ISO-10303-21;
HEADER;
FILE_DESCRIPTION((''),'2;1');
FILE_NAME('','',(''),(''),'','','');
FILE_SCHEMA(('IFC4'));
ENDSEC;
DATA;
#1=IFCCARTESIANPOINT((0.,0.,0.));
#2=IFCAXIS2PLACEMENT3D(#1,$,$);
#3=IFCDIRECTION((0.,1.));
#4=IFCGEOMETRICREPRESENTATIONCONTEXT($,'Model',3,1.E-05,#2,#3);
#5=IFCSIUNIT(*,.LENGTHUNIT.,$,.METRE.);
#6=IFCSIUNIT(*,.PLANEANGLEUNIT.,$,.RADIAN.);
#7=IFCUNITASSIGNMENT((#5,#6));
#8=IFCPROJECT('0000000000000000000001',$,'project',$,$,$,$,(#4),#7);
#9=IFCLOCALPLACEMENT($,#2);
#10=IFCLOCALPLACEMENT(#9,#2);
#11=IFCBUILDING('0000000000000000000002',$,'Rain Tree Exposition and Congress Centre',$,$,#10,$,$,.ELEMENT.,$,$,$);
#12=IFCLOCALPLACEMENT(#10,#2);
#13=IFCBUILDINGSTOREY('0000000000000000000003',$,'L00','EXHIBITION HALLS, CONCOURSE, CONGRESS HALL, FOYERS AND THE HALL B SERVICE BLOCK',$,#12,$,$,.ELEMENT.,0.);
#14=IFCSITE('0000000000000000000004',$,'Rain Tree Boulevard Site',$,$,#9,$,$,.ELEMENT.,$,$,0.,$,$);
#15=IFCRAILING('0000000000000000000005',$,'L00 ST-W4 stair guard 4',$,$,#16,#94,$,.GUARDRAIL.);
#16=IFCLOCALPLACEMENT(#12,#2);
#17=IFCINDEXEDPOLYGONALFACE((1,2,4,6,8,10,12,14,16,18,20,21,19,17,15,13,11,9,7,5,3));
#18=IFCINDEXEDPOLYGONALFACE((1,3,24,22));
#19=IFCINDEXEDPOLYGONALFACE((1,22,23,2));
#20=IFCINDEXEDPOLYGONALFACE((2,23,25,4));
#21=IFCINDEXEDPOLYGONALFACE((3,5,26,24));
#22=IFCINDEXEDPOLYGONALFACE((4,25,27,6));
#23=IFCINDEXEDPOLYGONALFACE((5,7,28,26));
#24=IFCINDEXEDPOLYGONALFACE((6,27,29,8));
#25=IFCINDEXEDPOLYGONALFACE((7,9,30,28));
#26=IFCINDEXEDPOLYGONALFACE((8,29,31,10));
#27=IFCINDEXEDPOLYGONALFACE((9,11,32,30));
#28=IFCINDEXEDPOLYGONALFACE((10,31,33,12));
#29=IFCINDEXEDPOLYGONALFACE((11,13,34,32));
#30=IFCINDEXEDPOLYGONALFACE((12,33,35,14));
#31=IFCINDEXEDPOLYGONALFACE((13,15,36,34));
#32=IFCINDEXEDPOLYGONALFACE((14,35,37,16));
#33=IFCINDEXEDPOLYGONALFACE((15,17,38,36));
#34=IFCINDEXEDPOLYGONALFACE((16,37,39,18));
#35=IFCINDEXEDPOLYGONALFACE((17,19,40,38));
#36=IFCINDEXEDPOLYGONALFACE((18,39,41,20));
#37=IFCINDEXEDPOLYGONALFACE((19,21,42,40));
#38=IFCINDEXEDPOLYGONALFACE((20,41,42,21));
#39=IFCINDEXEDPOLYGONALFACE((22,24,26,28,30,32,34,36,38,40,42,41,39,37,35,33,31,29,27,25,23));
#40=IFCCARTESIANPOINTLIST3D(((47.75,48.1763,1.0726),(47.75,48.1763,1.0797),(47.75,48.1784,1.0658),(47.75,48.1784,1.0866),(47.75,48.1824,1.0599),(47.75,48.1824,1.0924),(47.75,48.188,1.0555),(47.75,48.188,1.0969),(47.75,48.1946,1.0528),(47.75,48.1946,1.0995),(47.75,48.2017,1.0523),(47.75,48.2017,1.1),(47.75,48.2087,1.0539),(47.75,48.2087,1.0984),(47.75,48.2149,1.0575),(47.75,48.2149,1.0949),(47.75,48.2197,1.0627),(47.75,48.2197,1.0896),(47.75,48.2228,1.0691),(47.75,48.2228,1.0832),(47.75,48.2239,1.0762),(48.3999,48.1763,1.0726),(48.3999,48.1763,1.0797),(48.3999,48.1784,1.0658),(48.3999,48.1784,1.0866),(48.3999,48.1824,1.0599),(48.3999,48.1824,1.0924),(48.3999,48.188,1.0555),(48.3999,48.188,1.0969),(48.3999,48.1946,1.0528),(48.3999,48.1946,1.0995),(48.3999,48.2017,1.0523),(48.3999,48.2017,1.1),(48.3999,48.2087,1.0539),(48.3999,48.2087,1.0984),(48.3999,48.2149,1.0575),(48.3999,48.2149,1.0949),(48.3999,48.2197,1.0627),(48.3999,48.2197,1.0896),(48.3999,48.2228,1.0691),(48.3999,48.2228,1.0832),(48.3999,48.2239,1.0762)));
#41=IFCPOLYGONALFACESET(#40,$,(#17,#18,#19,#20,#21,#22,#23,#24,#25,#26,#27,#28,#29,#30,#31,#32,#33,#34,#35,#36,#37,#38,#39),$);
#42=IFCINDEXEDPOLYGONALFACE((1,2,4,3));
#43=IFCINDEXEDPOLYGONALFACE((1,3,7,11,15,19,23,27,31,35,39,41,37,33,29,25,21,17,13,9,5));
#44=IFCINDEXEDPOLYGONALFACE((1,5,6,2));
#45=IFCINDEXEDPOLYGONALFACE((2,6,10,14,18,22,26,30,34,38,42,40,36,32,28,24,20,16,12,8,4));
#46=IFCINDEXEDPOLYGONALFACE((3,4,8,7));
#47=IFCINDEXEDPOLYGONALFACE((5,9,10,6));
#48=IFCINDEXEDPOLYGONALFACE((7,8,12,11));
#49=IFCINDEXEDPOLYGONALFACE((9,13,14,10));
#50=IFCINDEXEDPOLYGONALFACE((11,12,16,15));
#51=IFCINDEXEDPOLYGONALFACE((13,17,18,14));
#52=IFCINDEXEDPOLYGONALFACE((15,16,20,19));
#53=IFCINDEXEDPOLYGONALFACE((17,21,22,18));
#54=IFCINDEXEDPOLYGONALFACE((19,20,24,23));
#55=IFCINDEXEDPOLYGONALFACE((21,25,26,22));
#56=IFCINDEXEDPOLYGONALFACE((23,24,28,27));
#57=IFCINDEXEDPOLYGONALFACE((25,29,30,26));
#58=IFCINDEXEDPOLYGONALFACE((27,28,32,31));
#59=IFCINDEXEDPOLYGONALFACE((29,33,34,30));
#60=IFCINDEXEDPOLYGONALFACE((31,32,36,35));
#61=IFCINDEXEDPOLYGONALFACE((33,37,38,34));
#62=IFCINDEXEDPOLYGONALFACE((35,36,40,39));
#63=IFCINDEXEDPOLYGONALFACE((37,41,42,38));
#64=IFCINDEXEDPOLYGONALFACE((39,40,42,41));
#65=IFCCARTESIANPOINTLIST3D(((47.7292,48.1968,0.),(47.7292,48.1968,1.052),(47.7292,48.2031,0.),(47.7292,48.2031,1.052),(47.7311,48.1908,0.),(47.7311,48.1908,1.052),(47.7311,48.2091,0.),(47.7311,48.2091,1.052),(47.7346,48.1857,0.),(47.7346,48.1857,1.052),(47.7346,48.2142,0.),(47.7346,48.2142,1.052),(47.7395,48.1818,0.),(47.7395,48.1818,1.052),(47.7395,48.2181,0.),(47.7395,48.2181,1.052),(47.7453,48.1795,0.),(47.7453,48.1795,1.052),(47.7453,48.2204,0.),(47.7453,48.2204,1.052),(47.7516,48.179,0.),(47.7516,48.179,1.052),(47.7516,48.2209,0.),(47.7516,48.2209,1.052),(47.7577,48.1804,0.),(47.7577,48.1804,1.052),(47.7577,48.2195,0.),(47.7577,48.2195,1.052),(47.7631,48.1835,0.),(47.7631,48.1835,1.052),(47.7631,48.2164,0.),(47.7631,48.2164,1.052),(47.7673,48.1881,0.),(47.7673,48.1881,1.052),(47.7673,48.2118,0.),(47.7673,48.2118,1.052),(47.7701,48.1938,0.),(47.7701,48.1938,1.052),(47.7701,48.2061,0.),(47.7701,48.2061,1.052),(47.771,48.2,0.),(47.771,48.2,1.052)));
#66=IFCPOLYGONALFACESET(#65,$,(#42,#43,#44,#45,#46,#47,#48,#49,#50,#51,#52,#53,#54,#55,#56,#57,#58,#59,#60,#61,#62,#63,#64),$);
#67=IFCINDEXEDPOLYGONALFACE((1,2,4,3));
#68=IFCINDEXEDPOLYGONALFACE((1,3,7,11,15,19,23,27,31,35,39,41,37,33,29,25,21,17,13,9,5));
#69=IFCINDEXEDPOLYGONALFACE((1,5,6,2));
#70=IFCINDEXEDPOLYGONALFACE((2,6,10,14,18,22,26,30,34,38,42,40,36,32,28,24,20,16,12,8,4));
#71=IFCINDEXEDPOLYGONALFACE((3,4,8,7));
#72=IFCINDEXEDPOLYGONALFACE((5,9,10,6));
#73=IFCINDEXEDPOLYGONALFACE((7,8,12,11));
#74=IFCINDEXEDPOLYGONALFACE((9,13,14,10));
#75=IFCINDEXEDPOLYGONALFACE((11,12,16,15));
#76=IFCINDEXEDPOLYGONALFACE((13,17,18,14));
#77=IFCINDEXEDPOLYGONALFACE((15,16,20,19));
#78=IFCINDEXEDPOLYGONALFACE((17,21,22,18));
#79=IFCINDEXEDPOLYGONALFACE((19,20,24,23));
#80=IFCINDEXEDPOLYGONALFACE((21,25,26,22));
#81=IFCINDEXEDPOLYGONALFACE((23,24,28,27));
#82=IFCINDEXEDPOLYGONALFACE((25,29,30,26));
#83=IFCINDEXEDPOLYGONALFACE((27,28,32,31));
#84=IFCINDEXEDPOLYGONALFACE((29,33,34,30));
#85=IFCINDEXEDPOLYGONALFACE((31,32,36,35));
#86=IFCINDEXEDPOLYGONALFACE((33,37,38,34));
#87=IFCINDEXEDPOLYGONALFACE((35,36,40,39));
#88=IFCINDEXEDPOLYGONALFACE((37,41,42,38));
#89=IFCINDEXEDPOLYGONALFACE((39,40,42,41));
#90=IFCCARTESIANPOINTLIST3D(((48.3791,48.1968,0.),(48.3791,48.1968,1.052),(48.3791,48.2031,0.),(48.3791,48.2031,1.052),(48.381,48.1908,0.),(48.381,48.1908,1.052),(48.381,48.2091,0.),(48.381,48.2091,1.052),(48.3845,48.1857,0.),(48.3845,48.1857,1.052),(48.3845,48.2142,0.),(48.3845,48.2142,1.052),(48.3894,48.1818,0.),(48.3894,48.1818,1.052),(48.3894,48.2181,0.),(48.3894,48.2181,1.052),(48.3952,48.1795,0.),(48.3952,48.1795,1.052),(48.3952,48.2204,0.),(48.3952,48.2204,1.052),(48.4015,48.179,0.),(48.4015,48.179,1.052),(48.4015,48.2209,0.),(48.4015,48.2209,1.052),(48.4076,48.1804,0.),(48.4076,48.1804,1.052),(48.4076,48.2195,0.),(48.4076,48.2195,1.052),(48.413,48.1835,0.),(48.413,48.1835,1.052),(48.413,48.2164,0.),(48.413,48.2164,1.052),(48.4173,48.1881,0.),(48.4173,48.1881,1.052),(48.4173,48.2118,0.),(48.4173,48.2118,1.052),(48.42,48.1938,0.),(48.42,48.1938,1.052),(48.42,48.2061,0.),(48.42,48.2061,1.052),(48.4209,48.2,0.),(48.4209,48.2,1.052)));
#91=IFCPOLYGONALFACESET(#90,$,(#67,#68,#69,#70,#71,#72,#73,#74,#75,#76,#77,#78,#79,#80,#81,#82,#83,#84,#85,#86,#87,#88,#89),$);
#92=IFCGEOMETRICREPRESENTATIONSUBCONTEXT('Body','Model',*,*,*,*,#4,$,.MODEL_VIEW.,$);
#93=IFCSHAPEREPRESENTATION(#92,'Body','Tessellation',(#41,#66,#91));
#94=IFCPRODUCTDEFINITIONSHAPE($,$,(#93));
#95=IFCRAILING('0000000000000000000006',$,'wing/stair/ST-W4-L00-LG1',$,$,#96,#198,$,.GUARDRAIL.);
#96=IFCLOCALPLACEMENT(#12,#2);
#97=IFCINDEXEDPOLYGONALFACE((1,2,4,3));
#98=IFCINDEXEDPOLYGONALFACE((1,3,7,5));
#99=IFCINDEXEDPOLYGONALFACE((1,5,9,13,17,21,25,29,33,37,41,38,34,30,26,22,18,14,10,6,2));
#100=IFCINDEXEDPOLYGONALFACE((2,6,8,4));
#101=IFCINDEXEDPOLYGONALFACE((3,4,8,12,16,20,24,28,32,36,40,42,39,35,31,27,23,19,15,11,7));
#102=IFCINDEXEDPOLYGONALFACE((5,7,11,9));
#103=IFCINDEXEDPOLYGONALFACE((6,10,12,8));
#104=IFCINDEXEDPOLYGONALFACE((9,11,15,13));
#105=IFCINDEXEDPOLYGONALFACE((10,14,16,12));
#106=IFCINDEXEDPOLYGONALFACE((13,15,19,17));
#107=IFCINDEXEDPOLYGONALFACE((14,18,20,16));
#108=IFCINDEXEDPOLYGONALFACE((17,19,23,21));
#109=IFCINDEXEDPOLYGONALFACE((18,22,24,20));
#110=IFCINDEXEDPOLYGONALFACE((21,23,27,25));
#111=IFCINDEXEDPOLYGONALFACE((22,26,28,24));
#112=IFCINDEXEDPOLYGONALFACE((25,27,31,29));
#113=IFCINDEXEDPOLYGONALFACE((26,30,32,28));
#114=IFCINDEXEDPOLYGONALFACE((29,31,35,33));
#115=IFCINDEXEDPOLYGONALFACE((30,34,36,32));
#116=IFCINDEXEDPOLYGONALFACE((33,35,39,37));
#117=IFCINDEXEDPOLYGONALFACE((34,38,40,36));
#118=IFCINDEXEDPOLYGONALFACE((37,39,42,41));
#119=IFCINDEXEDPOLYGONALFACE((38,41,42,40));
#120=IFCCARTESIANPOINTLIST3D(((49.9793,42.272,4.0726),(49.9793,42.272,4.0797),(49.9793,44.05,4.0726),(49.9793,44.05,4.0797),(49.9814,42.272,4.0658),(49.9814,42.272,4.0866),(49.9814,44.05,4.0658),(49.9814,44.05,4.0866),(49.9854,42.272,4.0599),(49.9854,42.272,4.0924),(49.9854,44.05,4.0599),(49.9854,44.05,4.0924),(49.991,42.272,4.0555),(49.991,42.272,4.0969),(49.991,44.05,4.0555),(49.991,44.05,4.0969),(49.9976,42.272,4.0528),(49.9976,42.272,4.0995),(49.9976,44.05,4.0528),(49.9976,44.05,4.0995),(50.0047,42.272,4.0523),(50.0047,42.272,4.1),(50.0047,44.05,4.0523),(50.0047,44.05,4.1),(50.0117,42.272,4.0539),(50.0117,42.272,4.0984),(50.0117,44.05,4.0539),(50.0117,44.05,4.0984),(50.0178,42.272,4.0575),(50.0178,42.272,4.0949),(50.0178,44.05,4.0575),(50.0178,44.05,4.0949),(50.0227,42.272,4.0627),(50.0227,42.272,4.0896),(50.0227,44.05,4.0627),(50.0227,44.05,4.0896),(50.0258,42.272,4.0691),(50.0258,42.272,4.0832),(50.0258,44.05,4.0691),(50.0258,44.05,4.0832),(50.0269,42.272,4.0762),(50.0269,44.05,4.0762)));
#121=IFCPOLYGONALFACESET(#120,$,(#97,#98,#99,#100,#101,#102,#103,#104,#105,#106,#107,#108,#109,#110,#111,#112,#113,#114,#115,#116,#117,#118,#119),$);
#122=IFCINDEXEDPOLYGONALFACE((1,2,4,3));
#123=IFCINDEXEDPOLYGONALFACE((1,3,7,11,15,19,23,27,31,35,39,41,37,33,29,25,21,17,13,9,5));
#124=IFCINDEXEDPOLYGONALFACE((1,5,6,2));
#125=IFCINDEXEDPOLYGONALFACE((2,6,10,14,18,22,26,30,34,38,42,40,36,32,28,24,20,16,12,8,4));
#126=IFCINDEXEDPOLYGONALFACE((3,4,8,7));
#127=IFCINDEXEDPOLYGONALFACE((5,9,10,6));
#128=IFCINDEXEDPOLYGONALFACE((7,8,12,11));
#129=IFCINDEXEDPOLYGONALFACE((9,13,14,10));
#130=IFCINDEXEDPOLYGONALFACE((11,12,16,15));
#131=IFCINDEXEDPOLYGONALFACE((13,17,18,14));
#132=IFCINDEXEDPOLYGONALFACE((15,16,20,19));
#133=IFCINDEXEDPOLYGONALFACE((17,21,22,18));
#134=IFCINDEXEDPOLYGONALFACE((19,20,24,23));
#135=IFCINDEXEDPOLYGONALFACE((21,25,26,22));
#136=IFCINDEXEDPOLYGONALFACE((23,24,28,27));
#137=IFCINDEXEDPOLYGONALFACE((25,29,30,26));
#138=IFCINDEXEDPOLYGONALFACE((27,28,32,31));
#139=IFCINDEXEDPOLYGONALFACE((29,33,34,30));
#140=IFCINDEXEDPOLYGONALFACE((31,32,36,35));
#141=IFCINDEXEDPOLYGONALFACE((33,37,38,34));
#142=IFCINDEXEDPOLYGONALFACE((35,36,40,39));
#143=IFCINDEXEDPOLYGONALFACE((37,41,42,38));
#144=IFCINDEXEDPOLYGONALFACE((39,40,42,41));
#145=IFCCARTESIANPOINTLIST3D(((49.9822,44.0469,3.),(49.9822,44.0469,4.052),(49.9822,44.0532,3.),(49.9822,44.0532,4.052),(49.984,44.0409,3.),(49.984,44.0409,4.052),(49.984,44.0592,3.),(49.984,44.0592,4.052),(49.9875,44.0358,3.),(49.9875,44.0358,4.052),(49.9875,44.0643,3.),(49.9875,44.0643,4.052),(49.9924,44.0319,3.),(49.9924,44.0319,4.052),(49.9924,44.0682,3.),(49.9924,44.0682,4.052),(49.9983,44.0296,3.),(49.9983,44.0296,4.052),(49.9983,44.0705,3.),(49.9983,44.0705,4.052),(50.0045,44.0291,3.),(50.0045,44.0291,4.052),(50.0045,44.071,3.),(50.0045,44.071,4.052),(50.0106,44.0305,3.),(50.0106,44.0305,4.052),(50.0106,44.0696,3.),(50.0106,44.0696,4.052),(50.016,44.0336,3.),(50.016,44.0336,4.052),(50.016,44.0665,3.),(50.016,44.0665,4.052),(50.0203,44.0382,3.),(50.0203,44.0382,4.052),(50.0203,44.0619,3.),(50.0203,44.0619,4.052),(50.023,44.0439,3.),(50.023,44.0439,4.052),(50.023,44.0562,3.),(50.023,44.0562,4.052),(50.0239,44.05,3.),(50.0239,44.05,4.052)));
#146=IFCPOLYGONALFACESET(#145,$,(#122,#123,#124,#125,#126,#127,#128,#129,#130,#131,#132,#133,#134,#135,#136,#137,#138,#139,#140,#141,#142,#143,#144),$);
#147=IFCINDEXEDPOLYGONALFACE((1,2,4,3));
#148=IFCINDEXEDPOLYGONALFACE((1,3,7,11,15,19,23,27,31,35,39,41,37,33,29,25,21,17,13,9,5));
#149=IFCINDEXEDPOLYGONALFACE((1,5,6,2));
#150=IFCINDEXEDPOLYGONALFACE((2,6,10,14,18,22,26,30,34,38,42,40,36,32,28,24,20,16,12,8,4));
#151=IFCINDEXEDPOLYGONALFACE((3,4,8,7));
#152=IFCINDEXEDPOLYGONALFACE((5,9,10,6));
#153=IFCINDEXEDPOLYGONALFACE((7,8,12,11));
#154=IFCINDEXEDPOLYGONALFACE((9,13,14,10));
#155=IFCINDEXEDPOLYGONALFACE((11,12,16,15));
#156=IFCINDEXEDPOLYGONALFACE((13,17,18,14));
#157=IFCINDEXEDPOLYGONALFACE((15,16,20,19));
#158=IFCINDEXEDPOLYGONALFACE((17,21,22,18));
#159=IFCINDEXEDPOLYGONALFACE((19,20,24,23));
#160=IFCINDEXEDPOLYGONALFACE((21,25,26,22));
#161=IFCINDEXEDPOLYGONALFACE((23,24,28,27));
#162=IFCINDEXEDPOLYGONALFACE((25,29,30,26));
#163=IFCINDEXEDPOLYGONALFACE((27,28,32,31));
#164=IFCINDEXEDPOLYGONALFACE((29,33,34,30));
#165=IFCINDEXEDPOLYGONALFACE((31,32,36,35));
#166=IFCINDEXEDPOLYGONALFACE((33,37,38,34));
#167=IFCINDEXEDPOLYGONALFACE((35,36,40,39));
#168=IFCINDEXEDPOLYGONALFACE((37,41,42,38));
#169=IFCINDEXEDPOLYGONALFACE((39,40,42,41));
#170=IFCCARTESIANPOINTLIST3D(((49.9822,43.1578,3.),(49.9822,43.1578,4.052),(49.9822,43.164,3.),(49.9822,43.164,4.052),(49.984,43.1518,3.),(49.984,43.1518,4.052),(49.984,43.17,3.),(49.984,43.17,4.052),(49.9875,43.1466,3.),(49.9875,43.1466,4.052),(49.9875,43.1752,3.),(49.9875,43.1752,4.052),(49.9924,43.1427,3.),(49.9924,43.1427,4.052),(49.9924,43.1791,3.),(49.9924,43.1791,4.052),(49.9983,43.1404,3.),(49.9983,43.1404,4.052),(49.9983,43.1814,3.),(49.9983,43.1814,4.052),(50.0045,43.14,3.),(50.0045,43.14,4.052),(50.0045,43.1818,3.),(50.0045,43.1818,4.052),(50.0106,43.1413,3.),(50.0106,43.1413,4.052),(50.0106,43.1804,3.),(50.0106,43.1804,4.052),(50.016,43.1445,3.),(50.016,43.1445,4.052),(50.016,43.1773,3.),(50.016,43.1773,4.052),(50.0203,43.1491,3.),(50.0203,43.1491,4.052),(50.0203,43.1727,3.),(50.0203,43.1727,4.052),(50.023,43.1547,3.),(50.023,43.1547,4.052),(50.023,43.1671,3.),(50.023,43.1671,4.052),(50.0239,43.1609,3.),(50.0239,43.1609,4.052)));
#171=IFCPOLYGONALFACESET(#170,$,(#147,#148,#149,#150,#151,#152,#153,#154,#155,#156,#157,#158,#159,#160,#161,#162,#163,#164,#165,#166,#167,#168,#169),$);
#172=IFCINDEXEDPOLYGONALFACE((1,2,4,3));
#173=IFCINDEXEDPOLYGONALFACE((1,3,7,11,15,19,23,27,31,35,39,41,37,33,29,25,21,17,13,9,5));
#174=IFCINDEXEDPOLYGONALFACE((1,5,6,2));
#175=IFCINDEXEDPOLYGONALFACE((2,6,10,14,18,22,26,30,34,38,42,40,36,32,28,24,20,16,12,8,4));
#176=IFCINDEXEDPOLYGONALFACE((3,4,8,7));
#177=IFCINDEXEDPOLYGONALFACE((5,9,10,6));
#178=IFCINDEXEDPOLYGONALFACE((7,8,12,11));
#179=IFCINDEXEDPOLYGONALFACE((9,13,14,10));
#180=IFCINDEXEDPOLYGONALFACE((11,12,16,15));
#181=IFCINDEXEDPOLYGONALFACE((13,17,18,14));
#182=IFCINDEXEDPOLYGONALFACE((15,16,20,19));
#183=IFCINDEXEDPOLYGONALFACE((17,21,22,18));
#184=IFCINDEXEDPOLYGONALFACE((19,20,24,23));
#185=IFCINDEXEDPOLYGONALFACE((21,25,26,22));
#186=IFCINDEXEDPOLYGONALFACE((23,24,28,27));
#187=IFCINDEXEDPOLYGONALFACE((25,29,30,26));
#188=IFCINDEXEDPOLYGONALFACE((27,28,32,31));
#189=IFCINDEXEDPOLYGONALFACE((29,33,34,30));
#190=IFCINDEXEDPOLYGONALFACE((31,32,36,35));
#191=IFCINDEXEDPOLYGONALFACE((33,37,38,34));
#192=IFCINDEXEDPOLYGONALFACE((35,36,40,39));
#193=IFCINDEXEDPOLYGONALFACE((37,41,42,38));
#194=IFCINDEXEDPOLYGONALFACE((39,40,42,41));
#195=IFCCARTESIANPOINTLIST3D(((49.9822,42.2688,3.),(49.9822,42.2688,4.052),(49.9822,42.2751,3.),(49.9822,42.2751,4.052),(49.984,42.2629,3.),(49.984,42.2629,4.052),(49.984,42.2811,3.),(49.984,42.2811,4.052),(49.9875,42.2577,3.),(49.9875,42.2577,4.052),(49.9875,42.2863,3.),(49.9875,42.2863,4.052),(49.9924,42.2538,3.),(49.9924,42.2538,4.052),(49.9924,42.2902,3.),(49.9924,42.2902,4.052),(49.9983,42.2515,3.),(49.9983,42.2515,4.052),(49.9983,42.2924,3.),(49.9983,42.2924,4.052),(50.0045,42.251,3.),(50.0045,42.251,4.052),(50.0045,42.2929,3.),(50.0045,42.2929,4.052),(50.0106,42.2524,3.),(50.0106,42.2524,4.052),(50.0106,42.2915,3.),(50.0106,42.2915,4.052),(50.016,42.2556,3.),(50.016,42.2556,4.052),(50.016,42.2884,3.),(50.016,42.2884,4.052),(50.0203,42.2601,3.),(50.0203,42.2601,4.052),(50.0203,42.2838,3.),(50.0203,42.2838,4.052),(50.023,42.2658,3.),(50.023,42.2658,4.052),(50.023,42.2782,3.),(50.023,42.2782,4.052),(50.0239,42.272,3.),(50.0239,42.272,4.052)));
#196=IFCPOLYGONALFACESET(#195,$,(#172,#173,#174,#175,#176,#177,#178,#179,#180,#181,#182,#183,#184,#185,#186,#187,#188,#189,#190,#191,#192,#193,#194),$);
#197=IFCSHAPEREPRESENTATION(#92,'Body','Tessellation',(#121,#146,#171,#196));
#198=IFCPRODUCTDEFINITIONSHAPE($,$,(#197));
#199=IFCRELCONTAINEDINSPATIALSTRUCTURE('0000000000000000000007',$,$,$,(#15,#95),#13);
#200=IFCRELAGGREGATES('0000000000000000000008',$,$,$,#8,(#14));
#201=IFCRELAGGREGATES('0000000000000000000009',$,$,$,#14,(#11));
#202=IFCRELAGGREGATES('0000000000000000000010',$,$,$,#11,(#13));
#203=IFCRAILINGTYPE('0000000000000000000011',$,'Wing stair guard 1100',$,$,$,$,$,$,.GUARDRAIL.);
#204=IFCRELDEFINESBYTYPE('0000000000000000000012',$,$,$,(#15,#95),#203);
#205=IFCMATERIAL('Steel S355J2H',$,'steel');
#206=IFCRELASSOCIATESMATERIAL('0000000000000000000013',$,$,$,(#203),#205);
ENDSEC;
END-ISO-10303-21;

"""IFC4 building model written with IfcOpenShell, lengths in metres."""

from ifc_helpers import new_model, si_unit, direction, frame, origin, origin_2d, place, context, subcontext, project, spatial, circle, extrude, material, type_object, element, save


model = new_model("IFC4")

# Units and contexts
model_context = context("Model", 3, precision=1e-05, world=origin(), true_north=direction((0.0, 1.0)))
body_context = subcontext(model_context, "Body", "Model", "MODEL_VIEW")
ifc_project = project(units=[si_unit("LENGTHUNIT", "METRE"), si_unit("PLANEANGLEUNIT", "RADIAN")], contexts=[model_context])

# Site, building, storey
site_placement = place(None, origin())
site = spatial("IfcSite", under=ifc_project, at=site_placement, Name="Rain Tree Boulevard Site", CompositionType="ELEMENT", RefElevation=0.0)
building_placement = place(site_placement, origin())
building = spatial("IfcBuilding", under=site, at=building_placement, Name="Rain Tree Exposition and Congress Centre", CompositionType="ELEMENT")
storey_placement = place(building_placement, origin())
storey = spatial("IfcBuildingStorey", under=building, at=storey_placement, Name="L00", Description="EXHIBITION HALLS, CONCOURSE, CONGRESS HALL, FOYERS AND THE HALL B SERVICE BLOCK", CompositionType="ELEMENT", Elevation=0.0)

# Railings
ifc_material_1 = material(Name="Steel S355J2H", Category="steel")
railing_type_1 = type_object("IfcRailingType", Name="Wing stair guard 1100", PredefinedType="GUARDRAIL", material=ifc_material_1)
railing_1_placement = place(storey_placement, frame((47.75, 48.2, 0.0)))
element("IfcRailing", 1, at=railing_1_placement, inside=storey, type_object=railing_type_1, Name="L00 ST-W4 stair guard 4", PredefinedType="GUARDRAIL", context=body_context, shape_type="SweptSolid", body=[
    extrude(circle(Radius=0.0239, at=origin_2d()), frame((0.0, 0.0, 1.0762), z_axis=(1.0, 0.0, 0.0), x_axis=(0.0, 1.0, 0.0)), (0.0, 0.0, 1.0), 0.6499),
    extrude(circle(Radius=0.021, at=origin_2d()), origin(), (0.0, 0.0, 1.0), 1.052),
    extrude(circle(Radius=0.021, at=origin_2d()), frame((0.6499, 0.0, 0.0)), (0.0, 0.0, 1.0), 1.052),
])
railing_2_placement = place(storey_placement, frame((50.0029, 44.05, 3.0)))
element("IfcRailing", 2, at=railing_2_placement, inside=storey, type_object=railing_type_1, Name="wing/stair/ST-W4-L00-LG1", PredefinedType="GUARDRAIL", context=body_context, shape_type="SweptSolid", body=[
    extrude(circle(Radius=0.0239, at=origin_2d()), frame((0.0, 0.0, 1.0762), z_axis=(0.0, -1.0, 0.0), x_axis=(1.0, 0.0, 0.0)), (0.0, 0.0, 1.0), 1.7781),
    extrude(circle(Radius=0.021, at=origin_2d()), origin(), (0.0, 0.0, 1.0), 1.052),
    extrude(circle(Radius=0.021, at=origin_2d()), frame((0.0, -0.8892, 0.0)), (0.0, 0.0, 1.0), 1.052),
    extrude(circle(Radius=0.021, at=origin_2d()), frame((0.0, -1.7781, 0.0)), (0.0, 0.0, 1.0), 1.052),
])

save(model, "model.ifc")
